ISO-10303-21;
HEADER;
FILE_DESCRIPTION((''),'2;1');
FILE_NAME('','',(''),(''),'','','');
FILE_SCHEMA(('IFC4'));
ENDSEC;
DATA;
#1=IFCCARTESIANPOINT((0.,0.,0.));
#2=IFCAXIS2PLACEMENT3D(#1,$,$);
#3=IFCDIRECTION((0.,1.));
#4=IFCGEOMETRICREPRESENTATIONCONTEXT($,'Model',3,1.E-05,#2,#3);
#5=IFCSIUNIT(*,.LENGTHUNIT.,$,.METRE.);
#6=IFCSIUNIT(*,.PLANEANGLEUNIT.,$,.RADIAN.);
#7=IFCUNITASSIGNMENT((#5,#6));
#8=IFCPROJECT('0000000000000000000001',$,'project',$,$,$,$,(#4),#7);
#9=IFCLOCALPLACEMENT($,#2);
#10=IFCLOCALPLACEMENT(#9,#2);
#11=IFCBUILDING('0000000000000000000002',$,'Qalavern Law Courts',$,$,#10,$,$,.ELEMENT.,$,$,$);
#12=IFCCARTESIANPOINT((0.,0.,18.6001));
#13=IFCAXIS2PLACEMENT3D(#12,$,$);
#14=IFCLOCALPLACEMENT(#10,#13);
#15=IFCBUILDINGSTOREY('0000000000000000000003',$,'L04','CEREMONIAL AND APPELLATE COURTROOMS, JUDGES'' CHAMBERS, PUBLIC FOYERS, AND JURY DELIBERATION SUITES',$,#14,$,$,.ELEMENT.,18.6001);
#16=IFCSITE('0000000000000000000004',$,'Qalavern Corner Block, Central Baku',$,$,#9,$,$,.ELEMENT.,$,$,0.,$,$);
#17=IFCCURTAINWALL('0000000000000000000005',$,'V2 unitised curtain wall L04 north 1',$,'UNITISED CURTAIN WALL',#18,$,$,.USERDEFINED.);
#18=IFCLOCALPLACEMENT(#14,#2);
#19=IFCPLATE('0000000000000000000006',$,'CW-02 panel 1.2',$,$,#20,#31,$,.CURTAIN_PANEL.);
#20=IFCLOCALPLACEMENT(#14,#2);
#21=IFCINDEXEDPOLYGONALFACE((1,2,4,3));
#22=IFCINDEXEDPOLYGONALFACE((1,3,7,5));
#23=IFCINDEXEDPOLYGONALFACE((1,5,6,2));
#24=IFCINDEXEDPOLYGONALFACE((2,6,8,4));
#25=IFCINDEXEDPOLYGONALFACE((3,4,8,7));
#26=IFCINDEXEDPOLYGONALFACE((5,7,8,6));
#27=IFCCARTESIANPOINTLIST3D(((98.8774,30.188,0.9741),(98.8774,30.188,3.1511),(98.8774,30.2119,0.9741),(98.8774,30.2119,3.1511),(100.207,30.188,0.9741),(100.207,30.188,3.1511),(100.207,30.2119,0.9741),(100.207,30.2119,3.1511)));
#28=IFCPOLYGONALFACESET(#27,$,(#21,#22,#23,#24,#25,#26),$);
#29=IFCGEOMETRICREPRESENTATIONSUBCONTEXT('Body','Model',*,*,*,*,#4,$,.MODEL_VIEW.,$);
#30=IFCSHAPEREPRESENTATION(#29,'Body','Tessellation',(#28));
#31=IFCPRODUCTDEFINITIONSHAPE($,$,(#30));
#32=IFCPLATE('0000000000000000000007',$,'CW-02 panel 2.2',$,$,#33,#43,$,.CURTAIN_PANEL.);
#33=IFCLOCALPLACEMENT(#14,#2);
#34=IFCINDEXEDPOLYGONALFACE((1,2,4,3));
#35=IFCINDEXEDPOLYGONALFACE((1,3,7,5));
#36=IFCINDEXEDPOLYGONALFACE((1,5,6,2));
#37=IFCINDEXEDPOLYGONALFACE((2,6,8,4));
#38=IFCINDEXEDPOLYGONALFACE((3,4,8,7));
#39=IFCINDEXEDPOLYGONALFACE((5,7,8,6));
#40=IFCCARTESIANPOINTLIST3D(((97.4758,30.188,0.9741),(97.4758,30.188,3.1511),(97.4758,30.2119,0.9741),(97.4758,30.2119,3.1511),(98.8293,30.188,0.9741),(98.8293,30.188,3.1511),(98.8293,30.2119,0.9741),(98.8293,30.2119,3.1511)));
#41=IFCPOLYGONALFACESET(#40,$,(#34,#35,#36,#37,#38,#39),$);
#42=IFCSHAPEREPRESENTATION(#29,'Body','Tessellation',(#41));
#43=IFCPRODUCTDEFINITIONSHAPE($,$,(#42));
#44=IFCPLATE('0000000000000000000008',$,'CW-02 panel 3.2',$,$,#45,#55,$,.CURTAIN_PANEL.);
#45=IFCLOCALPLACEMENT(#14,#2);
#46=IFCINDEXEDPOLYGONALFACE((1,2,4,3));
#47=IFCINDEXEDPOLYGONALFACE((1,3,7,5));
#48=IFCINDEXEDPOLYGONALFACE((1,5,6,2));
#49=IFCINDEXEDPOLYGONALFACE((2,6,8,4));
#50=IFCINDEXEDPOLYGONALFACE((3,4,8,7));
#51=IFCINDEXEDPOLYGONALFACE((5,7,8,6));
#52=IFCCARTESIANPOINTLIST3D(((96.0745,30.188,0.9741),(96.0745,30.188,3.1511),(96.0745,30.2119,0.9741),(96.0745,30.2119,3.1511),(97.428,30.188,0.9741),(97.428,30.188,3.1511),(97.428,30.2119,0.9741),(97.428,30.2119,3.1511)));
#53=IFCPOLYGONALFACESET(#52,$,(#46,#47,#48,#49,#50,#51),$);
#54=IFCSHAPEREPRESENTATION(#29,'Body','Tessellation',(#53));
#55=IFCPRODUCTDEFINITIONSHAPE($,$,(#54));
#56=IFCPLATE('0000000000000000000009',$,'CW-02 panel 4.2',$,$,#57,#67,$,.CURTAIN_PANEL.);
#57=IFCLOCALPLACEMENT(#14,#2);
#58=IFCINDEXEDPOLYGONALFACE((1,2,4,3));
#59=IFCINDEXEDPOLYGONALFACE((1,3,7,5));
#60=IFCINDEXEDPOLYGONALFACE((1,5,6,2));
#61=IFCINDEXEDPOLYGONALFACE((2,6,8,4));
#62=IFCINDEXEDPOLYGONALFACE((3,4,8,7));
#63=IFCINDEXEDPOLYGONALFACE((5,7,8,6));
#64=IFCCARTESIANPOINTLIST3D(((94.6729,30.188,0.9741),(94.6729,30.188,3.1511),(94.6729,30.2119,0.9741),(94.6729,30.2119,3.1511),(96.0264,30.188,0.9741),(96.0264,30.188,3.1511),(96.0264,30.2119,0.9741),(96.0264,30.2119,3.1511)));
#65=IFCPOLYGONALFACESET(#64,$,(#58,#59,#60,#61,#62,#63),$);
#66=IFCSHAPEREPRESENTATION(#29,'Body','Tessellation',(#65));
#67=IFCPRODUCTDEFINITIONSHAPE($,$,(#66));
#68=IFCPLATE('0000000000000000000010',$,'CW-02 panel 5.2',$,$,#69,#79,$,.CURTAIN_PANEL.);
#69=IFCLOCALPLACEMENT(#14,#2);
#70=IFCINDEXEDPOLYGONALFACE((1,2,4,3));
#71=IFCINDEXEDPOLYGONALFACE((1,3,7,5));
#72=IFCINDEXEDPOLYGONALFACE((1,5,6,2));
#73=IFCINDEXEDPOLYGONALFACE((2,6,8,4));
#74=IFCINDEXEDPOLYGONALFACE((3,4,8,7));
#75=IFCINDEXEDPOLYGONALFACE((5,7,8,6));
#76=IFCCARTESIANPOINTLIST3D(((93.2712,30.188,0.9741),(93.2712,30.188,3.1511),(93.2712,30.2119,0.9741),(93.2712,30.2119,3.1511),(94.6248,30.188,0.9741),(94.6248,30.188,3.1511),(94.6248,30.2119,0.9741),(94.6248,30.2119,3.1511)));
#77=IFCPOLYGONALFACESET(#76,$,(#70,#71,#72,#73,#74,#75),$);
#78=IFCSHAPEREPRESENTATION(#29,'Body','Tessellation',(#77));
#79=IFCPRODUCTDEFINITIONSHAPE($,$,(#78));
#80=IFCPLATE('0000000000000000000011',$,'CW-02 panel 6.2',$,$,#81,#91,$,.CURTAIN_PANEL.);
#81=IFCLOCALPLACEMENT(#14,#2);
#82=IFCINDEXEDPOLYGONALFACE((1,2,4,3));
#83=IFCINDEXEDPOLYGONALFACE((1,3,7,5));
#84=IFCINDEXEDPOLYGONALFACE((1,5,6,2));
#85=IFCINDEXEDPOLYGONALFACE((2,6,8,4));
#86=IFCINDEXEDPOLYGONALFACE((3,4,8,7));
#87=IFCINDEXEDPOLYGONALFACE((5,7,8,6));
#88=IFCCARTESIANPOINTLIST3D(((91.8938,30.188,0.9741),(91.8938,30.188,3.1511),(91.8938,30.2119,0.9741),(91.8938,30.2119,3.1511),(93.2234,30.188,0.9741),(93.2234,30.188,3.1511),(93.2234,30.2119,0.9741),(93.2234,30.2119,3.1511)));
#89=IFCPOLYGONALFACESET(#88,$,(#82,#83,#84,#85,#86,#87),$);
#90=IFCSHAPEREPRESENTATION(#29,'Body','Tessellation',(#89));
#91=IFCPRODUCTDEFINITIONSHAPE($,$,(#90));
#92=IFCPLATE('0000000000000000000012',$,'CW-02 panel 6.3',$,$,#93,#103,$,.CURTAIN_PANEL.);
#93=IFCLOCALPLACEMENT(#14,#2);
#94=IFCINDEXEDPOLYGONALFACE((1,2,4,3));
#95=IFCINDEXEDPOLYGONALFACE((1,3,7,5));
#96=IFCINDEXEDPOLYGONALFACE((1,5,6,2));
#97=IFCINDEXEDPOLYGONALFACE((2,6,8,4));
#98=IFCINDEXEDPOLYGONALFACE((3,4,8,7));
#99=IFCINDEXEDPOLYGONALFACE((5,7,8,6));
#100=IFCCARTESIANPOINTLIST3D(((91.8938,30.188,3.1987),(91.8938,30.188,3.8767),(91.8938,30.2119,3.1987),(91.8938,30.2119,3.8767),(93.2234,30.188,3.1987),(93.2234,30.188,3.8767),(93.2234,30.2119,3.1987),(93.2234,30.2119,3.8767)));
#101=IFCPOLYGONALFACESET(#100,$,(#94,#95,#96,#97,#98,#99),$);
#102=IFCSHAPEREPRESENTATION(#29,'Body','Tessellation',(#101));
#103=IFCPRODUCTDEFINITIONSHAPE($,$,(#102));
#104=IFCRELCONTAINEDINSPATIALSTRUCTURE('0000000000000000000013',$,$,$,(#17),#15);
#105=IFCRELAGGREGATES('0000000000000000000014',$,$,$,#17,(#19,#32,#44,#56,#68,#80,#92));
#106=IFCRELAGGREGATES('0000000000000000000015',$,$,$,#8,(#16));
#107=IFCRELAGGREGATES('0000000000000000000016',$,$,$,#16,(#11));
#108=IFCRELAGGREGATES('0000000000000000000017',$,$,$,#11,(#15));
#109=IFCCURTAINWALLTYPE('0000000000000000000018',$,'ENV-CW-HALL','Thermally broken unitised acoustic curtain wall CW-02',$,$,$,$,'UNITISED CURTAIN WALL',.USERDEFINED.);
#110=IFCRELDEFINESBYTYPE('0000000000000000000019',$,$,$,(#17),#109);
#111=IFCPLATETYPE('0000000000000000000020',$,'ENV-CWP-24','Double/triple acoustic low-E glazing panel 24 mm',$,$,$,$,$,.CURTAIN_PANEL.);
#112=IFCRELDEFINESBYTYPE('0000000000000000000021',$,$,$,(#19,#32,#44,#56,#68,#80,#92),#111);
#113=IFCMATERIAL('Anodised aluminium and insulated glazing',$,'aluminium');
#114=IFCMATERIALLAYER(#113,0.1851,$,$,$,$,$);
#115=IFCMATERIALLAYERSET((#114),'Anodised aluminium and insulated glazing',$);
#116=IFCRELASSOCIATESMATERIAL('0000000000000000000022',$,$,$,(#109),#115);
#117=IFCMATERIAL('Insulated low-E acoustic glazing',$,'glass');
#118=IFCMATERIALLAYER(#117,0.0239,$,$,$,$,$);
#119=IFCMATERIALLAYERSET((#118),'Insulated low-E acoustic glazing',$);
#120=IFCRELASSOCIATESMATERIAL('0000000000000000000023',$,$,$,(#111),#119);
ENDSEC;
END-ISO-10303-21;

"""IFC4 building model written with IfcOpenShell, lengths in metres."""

from ifc_helpers import new_model, si_unit, direction, frame, origin, origin_2d, place, context, subcontext, project, spatial, rectangle, extrude, material, layer, layer_set, type_object, element, aggregate, save


model = new_model("IFC4")

# Units and contexts
model_context = context("Model", 3, precision=1e-05, world=origin(), true_north=direction((0.0, 1.0)))
body_context = subcontext(model_context, "Body", "Model", "MODEL_VIEW")
ifc_project = project(units=[si_unit("LENGTHUNIT", "METRE"), si_unit("PLANEANGLEUNIT", "RADIAN")], contexts=[model_context])

# Site, building, storey
site_placement = place(None, origin())
site = spatial("IfcSite", under=ifc_project, at=site_placement, Name="Qalavern Corner Block, Central Baku", CompositionType="ELEMENT", RefElevation=0.0)
building_placement = place(site_placement, origin())
building = spatial("IfcBuilding", under=site, at=building_placement, Name="Qalavern Law Courts", CompositionType="ELEMENT")
storey_placement = place(building_placement, frame((0.0, 0.0, 18.6001)))
storey = spatial("IfcBuildingStorey", under=building, at=storey_placement, Name="L04", Description="CEREMONIAL AND APPELLATE COURTROOMS, JUDGES' CHAMBERS, PUBLIC FOYERS, AND JURY DELIBERATION SUITES", CompositionType="ELEMENT", Elevation=18.6001)

# Curtain wall, plates
ifc_material_1 = material(Name="Anodised aluminium and insulated glazing", Category="aluminium")
ifc_layer_1 = layer(ifc_material_1, 0.1851)
ifc_layer_set_1 = layer_set([ifc_layer_1], Name="Anodised aluminium and insulated glazing")
curtain_wall_type = type_object("IfcCurtainWallType", Name="ENV-CW-HALL", Description="Thermally broken unitised acoustic curtain wall CW-02", ElementType="UNITISED CURTAIN WALL", PredefinedType="USERDEFINED", material=ifc_layer_set_1)
curtain_wall_placement = place(storey_placement, origin())
curtain_wall = element("IfcCurtainWall", 1, at=curtain_wall_placement, inside=storey, type_object=curtain_wall_type, Name="V2 unitised curtain wall L04 north 1", ObjectType="UNITISED CURTAIN WALL", PredefinedType="USERDEFINED")
ifc_material_2 = material(Name="Insulated low-E acoustic glazing", Category="glass")
ifc_layer_2 = layer(ifc_material_2, 0.0239)
ifc_layer_set_2 = layer_set([ifc_layer_2], Name="Insulated low-E acoustic glazing")
plate_type = type_object("IfcPlateType", Name="ENV-CWP-24", Description="Double/triple acoustic low-E glazing panel 24 mm", PredefinedType="CURTAIN_PANEL", material=ifc_layer_set_2)
plate_1_placement = place(storey_placement, frame((99.5422, 30.2, 0.9741), z_axis=(0.0, 0.0, 1.0), x_axis=(-1.0, 0.0, 0.0)))
plate_1 = element("IfcPlate", 2, at=plate_1_placement, type_object=plate_type, Name="CW-02 panel 1.2", PredefinedType="CURTAIN_PANEL", context=body_context, shape_type="SweptSolid", body=[
    extrude(rectangle(XDim=1.3296, YDim=0.0239, at=origin_2d()), origin(), (0.0, 0.0, 1.0), 2.177),
])
plate_2_placement = place(storey_placement, frame((98.1526, 30.2, 0.9741), z_axis=(0.0, 0.0, 1.0), x_axis=(-1.0, 0.0, 0.0)))
plate_2 = element("IfcPlate", 3, at=plate_2_placement, type_object=plate_type, Name="CW-02 panel 2.2", PredefinedType="CURTAIN_PANEL", context=body_context, shape_type="SweptSolid", body=[
    extrude(rectangle(XDim=1.3535, YDim=0.0239, at=origin_2d()), origin(), (0.0, 0.0, 1.0), 2.177),
])
plate_3_placement = place(storey_placement, frame((96.7512, 30.2, 0.9741), z_axis=(0.0, 0.0, 1.0), x_axis=(-1.0, 0.0, 0.0)))
plate_3 = element("IfcPlate", 4, at=plate_3_placement, type_object=plate_type, Name="CW-02 panel 3.2", PredefinedType="CURTAIN_PANEL", context=body_context, shape_type="SweptSolid", body=[
    extrude(rectangle(XDim=1.3535, YDim=0.0239, at=origin_2d()), origin(), (0.0, 0.0, 1.0), 2.177),
])
plate_4_placement = place(storey_placement, frame((95.3496, 30.2, 0.9741), z_axis=(0.0, 0.0, 1.0), x_axis=(-1.0, 0.0, 0.0)))
plate_4 = element("IfcPlate", 5, at=plate_4_placement, type_object=plate_type, Name="CW-02 panel 4.2", PredefinedType="CURTAIN_PANEL", context=body_context, shape_type="SweptSolid", body=[
    extrude(rectangle(XDim=1.3535, YDim=0.0239, at=origin_2d()), origin(), (0.0, 0.0, 1.0), 2.177),
])
plate_5_placement = place(storey_placement, frame((93.948, 30.2, 0.9741), z_axis=(0.0, 0.0, 1.0), x_axis=(-1.0, 0.0, 0.0)))
plate_5 = element("IfcPlate", 6, at=plate_5_placement, type_object=plate_type, Name="CW-02 panel 5.2", PredefinedType="CURTAIN_PANEL", context=body_context, shape_type="SweptSolid", body=[
    extrude(rectangle(XDim=1.3535, YDim=0.0239, at=origin_2d()), origin(), (0.0, 0.0, 1.0), 2.177),
])
plate_6_placement = place(storey_placement, frame((92.5586, 30.2, 0.9741), z_axis=(0.0, 0.0, 1.0), x_axis=(-1.0, 0.0, 0.0)))
plate_6 = element("IfcPlate", 7, at=plate_6_placement, type_object=plate_type, Name="CW-02 panel 6.2", PredefinedType="CURTAIN_PANEL", context=body_context, shape_type="SweptSolid", body=[
    extrude(rectangle(XDim=1.3296, YDim=0.0239, at=origin_2d()), origin(), (0.0, 0.0, 1.0), 2.177),
])
plate_7_placement = place(storey_placement, frame((92.5586, 30.2, 3.1987), z_axis=(0.0, 0.0, 1.0), x_axis=(-1.0, 0.0, 0.0)))
plate_7 = element("IfcPlate", 8, at=plate_7_placement, type_object=plate_type, Name="CW-02 panel 6.3", PredefinedType="CURTAIN_PANEL", context=body_context, shape_type="SweptSolid", body=[
    extrude(rectangle(XDim=1.3296, YDim=0.0239, at=origin_2d()), origin(), (0.0, 0.0, 1.0), 0.678),
])
aggregate(curtain_wall, [plate_1, plate_2, plate_3, plate_4, plate_5, plate_6, plate_7])

save(model, "model.ifc")
